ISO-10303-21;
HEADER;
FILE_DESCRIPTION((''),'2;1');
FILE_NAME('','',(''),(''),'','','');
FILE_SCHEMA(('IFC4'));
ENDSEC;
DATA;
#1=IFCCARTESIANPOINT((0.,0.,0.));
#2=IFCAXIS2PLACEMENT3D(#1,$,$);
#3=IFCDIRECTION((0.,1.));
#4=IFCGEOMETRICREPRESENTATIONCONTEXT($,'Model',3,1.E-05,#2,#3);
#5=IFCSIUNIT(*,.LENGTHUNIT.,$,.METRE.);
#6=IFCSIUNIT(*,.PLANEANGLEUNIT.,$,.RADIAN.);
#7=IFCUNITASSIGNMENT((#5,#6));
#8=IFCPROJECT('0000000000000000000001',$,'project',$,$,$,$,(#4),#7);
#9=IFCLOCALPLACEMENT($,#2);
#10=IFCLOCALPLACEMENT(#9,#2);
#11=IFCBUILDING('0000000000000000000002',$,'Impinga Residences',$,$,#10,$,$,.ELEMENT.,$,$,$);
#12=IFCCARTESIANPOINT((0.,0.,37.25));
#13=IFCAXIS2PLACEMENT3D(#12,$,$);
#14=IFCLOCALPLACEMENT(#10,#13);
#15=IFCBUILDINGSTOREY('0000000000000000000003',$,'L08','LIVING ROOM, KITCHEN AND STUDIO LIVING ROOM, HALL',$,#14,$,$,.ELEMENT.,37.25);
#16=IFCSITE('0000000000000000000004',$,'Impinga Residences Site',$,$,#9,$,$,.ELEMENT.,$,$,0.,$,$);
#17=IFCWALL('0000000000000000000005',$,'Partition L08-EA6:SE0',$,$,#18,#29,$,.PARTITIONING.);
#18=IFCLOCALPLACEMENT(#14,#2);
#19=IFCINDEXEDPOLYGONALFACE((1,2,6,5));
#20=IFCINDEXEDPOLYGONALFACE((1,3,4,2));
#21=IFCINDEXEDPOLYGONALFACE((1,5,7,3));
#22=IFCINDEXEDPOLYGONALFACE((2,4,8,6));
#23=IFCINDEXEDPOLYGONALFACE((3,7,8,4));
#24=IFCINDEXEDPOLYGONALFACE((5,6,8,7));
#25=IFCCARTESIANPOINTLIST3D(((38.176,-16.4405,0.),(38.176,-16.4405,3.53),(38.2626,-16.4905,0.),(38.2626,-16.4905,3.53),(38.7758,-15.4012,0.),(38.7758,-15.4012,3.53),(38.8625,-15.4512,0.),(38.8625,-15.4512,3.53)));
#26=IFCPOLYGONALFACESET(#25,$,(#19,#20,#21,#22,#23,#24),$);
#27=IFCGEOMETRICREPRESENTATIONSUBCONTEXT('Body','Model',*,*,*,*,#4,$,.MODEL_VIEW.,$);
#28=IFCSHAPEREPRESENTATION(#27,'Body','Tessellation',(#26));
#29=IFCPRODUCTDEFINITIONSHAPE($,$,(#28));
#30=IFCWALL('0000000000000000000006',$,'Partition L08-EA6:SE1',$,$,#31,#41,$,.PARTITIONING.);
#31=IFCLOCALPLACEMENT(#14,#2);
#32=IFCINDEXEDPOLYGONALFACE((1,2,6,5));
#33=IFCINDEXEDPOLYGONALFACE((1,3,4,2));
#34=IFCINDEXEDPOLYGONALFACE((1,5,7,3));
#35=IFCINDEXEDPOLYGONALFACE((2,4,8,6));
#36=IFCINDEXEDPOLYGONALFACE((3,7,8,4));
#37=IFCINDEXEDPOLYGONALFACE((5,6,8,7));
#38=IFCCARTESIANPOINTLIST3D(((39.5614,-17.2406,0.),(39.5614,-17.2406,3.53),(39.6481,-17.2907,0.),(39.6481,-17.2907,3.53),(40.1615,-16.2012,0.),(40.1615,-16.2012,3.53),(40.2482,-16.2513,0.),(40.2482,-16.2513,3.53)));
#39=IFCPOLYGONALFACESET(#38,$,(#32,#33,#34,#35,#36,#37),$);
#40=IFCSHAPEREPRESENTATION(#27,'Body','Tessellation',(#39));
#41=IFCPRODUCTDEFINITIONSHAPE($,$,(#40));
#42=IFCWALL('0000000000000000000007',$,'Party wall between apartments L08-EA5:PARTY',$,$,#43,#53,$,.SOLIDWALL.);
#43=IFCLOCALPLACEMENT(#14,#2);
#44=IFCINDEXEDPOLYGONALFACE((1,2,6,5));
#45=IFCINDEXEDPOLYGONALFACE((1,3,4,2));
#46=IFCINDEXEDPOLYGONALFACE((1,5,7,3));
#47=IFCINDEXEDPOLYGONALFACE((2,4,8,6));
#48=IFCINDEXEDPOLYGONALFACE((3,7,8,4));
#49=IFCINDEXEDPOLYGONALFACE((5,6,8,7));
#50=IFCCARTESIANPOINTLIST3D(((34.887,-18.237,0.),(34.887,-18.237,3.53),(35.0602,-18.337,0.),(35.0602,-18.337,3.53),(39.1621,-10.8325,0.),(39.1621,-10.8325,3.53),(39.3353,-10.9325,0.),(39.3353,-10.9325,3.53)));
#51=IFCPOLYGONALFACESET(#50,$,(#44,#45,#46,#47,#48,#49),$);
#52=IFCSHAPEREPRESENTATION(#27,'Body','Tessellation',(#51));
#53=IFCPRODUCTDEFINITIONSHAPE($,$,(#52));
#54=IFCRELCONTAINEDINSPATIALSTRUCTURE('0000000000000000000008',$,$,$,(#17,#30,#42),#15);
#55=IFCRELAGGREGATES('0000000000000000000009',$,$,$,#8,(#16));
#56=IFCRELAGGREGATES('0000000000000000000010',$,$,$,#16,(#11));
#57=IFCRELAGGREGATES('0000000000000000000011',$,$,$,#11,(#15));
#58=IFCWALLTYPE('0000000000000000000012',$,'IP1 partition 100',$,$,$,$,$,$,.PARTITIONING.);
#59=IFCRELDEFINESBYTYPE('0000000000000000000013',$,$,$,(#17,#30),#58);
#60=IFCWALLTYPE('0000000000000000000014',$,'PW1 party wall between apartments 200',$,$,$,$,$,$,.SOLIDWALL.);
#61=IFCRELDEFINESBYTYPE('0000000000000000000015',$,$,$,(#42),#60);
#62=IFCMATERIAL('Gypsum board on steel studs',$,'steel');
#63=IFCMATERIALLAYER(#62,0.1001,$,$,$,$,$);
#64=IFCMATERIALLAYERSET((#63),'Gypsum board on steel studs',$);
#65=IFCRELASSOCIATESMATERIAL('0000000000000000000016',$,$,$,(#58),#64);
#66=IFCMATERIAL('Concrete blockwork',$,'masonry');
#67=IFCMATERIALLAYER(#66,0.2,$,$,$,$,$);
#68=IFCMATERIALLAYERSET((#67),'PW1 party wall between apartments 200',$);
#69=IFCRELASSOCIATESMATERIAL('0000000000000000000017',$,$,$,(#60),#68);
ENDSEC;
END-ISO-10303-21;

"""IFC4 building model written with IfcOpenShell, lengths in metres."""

from ifc_helpers import new_model, si_unit, direction, frame, frame_2d, origin, place, context, subcontext, project, spatial, rectangle, extrude, material, layer, layer_set, type_object, element, save


model = new_model("IFC4")

# Units and contexts
model_context = context("Model", 3, precision=1e-05, world=origin(), true_north=direction((0.0, 1.0)))
body_context = subcontext(model_context, "Body", "Model", "MODEL_VIEW")
ifc_project = project(units=[si_unit("LENGTHUNIT", "METRE"), si_unit("PLANEANGLEUNIT", "RADIAN")], contexts=[model_context])

# Site, building, storey
site_placement = place(None, origin())
site = spatial("IfcSite", under=ifc_project, at=site_placement, Name="Impinga Residences Site", CompositionType="ELEMENT", RefElevation=0.0)
building_placement = place(site_placement, origin())
building = spatial("IfcBuilding", under=site, at=building_placement, Name="Impinga Residences", CompositionType="ELEMENT")
storey_placement = place(building_placement, frame((0.0, 0.0, 37.25)))
storey = spatial("IfcBuildingStorey", under=building, at=storey_placement, Name="L08", Description="LIVING ROOM, KITCHEN AND STUDIO LIVING ROOM, HALL", CompositionType="ELEMENT", Elevation=37.25)

# Shared definitions
ifc_material_1 = material(Name="Gypsum board on steel studs", Category="steel")
ifc_layer_1 = layer(ifc_material_1, 0.1001)
ifc_layer_set_1 = layer_set([ifc_layer_1], Name="Gypsum board on steel studs")
wall_type_1 = type_object("IfcWallType", Name="IP1 partition 100", PredefinedType="PARTITIONING", material=ifc_layer_set_1)

# Walls
wall_1_placement = place(storey_placement, frame((38.2192, -16.4656, 0.0), z_axis=(0.0, 0.0, 1.0), x_axis=(0.499881, 0.866094, 0.0)))
element("IfcWall", 1, at=wall_1_placement, inside=storey, type_object=wall_type_1, Name="Partition L08-EA6:SE0", PredefinedType="PARTITIONING", context=body_context, shape_type="SweptSolid", body=[
    extrude(rectangle(XDim=1.2, YDim=0.1001, at=frame_2d((0.6001, 0.0))), origin(), (0.0, 0.0, 1.0), 3.53),
])
wall_2_placement = place(storey_placement, frame((39.6047, -17.2656, 0.0), z_axis=(0.0, 0.0, 1.0), x_axis=(0.500034, 0.866006, 0.0)))
element("IfcWall", 2, at=wall_2_placement, inside=storey, type_object=wall_type_1, Name="Partition L08-EA6:SE1", PredefinedType="PARTITIONING", context=body_context, shape_type="SweptSolid", body=[
    extrude(rectangle(XDim=1.2002, YDim=0.1001, at=frame_2d((0.6001, 0.0))), origin(), (0.0, 0.0, 1.0), 3.53),
])
ifc_material_2 = material(Name="Concrete blockwork", Category="masonry")
ifc_layer_2 = layer(ifc_material_2, 0.2)
ifc_layer_set_2 = layer_set([ifc_layer_2], Name="PW1 party wall between apartments 200")
wall_type_2 = type_object("IfcWallType", Name="PW1 party wall between apartments 200", PredefinedType="SOLIDWALL", material=ifc_layer_set_2)
wall_3_placement = place(storey_placement, frame((34.9736, -18.2869, 0.0), z_axis=(0.0, 0.0, 1.0), x_axis=(0.500012, 0.866019, 0.0)))
element("IfcWall", 3, at=wall_3_placement, inside=storey, type_object=wall_type_2, Name="Party wall between apartments L08-EA5:PARTY", PredefinedType="SOLIDWALL", context=body_context, shape_type="SweptSolid", body=[
    extrude(rectangle(XDim=8.55, YDim=0.2, at=frame_2d((4.2749, 0.0))), origin(), (0.0, 0.0, 1.0), 3.53),
])

save(model, "model.ifc")
